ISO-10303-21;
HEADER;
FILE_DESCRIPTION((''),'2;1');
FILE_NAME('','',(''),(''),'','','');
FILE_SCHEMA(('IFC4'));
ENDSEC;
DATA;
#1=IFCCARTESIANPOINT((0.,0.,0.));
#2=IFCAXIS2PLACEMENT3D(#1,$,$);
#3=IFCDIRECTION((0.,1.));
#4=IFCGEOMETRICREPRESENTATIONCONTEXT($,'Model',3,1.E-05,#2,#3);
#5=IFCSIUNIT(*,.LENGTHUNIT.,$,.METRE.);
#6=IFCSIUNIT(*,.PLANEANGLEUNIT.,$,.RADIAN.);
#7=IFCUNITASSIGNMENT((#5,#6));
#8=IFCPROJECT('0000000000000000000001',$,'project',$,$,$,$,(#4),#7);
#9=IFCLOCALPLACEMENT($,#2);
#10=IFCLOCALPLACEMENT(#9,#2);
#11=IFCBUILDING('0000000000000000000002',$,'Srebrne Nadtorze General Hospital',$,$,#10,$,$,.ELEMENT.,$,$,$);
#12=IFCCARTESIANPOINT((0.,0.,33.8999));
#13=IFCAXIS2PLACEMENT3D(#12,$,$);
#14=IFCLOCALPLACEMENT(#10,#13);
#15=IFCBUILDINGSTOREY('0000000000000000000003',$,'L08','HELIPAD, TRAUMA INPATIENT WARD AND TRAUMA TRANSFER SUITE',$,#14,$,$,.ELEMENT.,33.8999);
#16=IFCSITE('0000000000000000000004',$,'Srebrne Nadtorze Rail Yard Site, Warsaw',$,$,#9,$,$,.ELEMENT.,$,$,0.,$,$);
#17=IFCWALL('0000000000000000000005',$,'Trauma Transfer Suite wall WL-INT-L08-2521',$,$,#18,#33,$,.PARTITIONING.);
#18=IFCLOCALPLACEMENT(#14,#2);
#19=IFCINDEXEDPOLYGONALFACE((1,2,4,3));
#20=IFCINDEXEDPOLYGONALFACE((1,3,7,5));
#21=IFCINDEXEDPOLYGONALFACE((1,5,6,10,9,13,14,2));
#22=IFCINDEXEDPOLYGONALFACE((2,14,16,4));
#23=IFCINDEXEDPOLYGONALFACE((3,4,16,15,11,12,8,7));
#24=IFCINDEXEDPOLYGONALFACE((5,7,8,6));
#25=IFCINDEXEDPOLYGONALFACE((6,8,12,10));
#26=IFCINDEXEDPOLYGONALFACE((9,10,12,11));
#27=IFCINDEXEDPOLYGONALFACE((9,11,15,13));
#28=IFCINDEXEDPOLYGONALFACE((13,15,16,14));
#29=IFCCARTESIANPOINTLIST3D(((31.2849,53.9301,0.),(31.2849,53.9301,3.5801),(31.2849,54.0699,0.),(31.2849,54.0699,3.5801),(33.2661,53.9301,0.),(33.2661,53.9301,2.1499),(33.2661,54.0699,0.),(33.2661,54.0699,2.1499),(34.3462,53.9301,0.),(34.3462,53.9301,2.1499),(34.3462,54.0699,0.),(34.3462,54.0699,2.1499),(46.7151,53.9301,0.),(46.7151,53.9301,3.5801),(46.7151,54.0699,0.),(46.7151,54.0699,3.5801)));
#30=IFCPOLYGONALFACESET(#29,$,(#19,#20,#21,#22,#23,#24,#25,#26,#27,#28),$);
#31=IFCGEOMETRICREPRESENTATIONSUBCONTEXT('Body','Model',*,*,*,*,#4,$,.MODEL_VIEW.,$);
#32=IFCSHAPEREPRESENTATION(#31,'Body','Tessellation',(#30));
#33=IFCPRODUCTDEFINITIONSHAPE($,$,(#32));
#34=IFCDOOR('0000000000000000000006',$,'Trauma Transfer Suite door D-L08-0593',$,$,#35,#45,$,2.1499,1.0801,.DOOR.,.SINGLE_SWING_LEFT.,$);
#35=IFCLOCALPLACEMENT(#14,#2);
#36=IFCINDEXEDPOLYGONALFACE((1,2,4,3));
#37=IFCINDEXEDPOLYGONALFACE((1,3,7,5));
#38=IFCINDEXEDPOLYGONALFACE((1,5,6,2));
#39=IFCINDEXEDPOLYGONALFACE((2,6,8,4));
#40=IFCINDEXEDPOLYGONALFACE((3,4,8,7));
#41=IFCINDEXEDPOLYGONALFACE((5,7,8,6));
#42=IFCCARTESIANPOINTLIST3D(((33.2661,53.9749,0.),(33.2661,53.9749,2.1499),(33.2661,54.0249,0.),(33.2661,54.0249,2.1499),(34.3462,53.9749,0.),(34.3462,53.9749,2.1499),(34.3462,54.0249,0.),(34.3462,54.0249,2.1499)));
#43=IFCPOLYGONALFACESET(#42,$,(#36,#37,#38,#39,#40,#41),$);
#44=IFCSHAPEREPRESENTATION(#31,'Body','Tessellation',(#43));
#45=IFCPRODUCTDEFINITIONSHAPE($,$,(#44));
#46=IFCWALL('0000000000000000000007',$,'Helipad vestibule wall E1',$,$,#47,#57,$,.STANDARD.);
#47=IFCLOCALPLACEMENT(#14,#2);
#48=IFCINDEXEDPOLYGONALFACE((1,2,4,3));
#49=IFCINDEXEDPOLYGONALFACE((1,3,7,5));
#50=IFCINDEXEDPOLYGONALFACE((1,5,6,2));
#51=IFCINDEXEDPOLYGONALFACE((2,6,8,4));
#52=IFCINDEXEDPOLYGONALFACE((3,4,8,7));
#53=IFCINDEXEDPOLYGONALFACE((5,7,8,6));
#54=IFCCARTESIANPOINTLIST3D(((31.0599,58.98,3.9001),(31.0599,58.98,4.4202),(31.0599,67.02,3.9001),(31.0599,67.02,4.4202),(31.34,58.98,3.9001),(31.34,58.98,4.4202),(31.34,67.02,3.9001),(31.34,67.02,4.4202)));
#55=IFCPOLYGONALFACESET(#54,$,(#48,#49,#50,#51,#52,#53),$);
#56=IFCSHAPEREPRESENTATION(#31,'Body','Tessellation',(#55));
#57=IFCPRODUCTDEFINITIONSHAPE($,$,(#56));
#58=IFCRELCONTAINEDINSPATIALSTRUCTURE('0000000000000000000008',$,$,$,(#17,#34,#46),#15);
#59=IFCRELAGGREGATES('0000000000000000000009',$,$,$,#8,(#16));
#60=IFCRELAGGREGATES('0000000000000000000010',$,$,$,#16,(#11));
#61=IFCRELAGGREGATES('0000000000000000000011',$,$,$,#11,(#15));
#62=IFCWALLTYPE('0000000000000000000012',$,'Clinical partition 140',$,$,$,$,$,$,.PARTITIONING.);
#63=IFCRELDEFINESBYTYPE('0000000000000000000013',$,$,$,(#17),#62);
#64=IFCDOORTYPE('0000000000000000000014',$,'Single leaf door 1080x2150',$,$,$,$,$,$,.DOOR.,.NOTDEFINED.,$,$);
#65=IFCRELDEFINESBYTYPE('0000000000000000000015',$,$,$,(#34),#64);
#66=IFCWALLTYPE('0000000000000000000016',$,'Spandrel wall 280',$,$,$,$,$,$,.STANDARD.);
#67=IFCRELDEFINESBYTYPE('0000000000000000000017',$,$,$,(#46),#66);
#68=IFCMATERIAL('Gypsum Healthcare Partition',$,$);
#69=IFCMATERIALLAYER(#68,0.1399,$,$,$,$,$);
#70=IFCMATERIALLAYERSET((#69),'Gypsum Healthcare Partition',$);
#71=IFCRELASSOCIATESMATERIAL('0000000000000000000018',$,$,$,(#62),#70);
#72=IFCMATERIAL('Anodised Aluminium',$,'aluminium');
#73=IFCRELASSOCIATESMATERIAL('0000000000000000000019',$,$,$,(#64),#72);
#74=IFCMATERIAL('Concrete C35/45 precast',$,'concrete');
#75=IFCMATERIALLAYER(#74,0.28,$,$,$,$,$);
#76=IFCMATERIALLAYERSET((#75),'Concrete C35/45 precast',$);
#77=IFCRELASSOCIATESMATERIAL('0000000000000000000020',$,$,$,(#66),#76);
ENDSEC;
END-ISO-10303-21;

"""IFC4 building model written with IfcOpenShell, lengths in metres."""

from ifc_helpers import new_model, si_unit, direction, frame, frame_2d, origin, place, context, subcontext, project, spatial, rectangle, extrude, material, layer, layer_set, type_object, element, fill, save


model = new_model("IFC4")

# Units and contexts
model_context = context("Model", 3, precision=1e-05, world=origin(), true_north=direction((0.0, 1.0)))
body_context = subcontext(model_context, "Body", "Model", "MODEL_VIEW")
ifc_project = project(units=[si_unit("LENGTHUNIT", "METRE"), si_unit("PLANEANGLEUNIT", "RADIAN")], contexts=[model_context])

# Site, building, storey
site_placement = place(None, origin())
site = spatial("IfcSite", under=ifc_project, at=site_placement, Name="Srebrne Nadtorze Rail Yard Site, Warsaw", CompositionType="ELEMENT", RefElevation=0.0)
building_placement = place(site_placement, origin())
building = spatial("IfcBuilding", under=site, at=building_placement, Name="Srebrne Nadtorze General Hospital", CompositionType="ELEMENT")
storey_placement = place(building_placement, frame((0.0, 0.0, 33.8999)))
storey = spatial("IfcBuildingStorey", under=building, at=storey_placement, Name="L08", Description="HELIPAD, TRAUMA INPATIENT WARD AND TRAUMA TRANSFER SUITE", CompositionType="ELEMENT", Elevation=33.8999)

# Wall, opening, door
ifc_material_1 = material(Name="Gypsum Healthcare Partition")
ifc_layer_1 = layer(ifc_material_1, 0.1399)
ifc_layer_set_1 = layer_set([ifc_layer_1], Name="Gypsum Healthcare Partition")
wall_type_1 = type_object("IfcWallType", Name="Clinical partition 140", PredefinedType="PARTITIONING", material=ifc_layer_set_1)
wall_1_placement = place(storey_placement, frame((31.2849, 54.0, 0.0), z_axis=(0.0, 0.0, 1.0), x_axis=(1.0, 0.0, 0.0)))
wall_1 = element("IfcWall", 1, at=wall_1_placement, inside=storey, type_object=wall_type_1, Name="Trauma Transfer Suite wall WL-INT-L08-2521", PredefinedType="PARTITIONING", context=body_context, shape_type="SweptSolid", body=[
    extrude(rectangle(XDim=15.4302, YDim=0.1399, at=frame_2d((7.7151, 0.0))), origin(), (0.0, 0.0, 1.0), 3.5801),
])
opening_placement = place(wall_1_placement, frame((1.9812, 0.0, 0.0)))
opening = element("IfcOpeningElement", 2, at=opening_placement, cuts=wall_1, PredefinedType="OPENING", context=body_context, shape_type="SweptSolid", body=[
    extrude(rectangle(XDim=1.0801, YDim=2.1499, at=frame_2d((0.54, 1.075))), frame((0.0, 0.082, 0.0), z_axis=(0.0, -1.0, 0.0), x_axis=(1.0, 0.0, 0.0)), (0.0, 0.0, 1.0), 0.1638),
])
ifc_material_2 = material(Name="Anodised Aluminium", Category="aluminium")
door_type = type_object("IfcDoorType", Name="Single leaf door 1080x2150", OperationType="NOTDEFINED", PredefinedType="DOOR", material=ifc_material_2)
door_placement = place(opening_placement, origin())
door = element("IfcDoor", 3, at=door_placement, inside=storey, type_object=door_type, Name="Trauma Transfer Suite door D-L08-0593", OperationType="SINGLE_SWING_LEFT", OverallHeight=2.1499, OverallWidth=1.0801, PredefinedType="DOOR", context=body_context, shape_type="SweptSolid", body=[
    extrude(rectangle(XDim=1.0801, YDim=2.1499, at=frame_2d((0.54, 1.075))), frame((0.0, 0.0249, 0.0), z_axis=(0.0, -1.0, 0.0), x_axis=(1.0, 0.0, 0.0)), (0.0, 0.0, 1.0), 0.05),
])
fill(opening, door)

# Wall
ifc_material_3 = material(Name="Concrete C35/45 precast", Category="concrete")
ifc_layer_2 = layer(ifc_material_3, 0.28)
ifc_layer_set_2 = layer_set([ifc_layer_2], Name="Concrete C35/45 precast")
wall_type_2 = type_object("IfcWallType", Name="Spandrel wall 280", PredefinedType="STANDARD", material=ifc_layer_set_2)
wall_2_placement = place(storey_placement, frame((31.2, 58.98, 3.9001), z_axis=(0.0, 0.0, 1.0), x_axis=(0.0, 1.0, 0.0)))
element("IfcWall", 4, at=wall_2_placement, inside=storey, type_object=wall_type_2, Name="Helipad vestibule wall E1", PredefinedType="STANDARD", context=body_context, shape_type="SweptSolid", body=[
    extrude(rectangle(XDim=8.04, YDim=0.28, at=frame_2d((4.02, 0.0))), origin(), (0.0, 0.0, 1.0), 0.52),
])

save(model, "model.ifc")
